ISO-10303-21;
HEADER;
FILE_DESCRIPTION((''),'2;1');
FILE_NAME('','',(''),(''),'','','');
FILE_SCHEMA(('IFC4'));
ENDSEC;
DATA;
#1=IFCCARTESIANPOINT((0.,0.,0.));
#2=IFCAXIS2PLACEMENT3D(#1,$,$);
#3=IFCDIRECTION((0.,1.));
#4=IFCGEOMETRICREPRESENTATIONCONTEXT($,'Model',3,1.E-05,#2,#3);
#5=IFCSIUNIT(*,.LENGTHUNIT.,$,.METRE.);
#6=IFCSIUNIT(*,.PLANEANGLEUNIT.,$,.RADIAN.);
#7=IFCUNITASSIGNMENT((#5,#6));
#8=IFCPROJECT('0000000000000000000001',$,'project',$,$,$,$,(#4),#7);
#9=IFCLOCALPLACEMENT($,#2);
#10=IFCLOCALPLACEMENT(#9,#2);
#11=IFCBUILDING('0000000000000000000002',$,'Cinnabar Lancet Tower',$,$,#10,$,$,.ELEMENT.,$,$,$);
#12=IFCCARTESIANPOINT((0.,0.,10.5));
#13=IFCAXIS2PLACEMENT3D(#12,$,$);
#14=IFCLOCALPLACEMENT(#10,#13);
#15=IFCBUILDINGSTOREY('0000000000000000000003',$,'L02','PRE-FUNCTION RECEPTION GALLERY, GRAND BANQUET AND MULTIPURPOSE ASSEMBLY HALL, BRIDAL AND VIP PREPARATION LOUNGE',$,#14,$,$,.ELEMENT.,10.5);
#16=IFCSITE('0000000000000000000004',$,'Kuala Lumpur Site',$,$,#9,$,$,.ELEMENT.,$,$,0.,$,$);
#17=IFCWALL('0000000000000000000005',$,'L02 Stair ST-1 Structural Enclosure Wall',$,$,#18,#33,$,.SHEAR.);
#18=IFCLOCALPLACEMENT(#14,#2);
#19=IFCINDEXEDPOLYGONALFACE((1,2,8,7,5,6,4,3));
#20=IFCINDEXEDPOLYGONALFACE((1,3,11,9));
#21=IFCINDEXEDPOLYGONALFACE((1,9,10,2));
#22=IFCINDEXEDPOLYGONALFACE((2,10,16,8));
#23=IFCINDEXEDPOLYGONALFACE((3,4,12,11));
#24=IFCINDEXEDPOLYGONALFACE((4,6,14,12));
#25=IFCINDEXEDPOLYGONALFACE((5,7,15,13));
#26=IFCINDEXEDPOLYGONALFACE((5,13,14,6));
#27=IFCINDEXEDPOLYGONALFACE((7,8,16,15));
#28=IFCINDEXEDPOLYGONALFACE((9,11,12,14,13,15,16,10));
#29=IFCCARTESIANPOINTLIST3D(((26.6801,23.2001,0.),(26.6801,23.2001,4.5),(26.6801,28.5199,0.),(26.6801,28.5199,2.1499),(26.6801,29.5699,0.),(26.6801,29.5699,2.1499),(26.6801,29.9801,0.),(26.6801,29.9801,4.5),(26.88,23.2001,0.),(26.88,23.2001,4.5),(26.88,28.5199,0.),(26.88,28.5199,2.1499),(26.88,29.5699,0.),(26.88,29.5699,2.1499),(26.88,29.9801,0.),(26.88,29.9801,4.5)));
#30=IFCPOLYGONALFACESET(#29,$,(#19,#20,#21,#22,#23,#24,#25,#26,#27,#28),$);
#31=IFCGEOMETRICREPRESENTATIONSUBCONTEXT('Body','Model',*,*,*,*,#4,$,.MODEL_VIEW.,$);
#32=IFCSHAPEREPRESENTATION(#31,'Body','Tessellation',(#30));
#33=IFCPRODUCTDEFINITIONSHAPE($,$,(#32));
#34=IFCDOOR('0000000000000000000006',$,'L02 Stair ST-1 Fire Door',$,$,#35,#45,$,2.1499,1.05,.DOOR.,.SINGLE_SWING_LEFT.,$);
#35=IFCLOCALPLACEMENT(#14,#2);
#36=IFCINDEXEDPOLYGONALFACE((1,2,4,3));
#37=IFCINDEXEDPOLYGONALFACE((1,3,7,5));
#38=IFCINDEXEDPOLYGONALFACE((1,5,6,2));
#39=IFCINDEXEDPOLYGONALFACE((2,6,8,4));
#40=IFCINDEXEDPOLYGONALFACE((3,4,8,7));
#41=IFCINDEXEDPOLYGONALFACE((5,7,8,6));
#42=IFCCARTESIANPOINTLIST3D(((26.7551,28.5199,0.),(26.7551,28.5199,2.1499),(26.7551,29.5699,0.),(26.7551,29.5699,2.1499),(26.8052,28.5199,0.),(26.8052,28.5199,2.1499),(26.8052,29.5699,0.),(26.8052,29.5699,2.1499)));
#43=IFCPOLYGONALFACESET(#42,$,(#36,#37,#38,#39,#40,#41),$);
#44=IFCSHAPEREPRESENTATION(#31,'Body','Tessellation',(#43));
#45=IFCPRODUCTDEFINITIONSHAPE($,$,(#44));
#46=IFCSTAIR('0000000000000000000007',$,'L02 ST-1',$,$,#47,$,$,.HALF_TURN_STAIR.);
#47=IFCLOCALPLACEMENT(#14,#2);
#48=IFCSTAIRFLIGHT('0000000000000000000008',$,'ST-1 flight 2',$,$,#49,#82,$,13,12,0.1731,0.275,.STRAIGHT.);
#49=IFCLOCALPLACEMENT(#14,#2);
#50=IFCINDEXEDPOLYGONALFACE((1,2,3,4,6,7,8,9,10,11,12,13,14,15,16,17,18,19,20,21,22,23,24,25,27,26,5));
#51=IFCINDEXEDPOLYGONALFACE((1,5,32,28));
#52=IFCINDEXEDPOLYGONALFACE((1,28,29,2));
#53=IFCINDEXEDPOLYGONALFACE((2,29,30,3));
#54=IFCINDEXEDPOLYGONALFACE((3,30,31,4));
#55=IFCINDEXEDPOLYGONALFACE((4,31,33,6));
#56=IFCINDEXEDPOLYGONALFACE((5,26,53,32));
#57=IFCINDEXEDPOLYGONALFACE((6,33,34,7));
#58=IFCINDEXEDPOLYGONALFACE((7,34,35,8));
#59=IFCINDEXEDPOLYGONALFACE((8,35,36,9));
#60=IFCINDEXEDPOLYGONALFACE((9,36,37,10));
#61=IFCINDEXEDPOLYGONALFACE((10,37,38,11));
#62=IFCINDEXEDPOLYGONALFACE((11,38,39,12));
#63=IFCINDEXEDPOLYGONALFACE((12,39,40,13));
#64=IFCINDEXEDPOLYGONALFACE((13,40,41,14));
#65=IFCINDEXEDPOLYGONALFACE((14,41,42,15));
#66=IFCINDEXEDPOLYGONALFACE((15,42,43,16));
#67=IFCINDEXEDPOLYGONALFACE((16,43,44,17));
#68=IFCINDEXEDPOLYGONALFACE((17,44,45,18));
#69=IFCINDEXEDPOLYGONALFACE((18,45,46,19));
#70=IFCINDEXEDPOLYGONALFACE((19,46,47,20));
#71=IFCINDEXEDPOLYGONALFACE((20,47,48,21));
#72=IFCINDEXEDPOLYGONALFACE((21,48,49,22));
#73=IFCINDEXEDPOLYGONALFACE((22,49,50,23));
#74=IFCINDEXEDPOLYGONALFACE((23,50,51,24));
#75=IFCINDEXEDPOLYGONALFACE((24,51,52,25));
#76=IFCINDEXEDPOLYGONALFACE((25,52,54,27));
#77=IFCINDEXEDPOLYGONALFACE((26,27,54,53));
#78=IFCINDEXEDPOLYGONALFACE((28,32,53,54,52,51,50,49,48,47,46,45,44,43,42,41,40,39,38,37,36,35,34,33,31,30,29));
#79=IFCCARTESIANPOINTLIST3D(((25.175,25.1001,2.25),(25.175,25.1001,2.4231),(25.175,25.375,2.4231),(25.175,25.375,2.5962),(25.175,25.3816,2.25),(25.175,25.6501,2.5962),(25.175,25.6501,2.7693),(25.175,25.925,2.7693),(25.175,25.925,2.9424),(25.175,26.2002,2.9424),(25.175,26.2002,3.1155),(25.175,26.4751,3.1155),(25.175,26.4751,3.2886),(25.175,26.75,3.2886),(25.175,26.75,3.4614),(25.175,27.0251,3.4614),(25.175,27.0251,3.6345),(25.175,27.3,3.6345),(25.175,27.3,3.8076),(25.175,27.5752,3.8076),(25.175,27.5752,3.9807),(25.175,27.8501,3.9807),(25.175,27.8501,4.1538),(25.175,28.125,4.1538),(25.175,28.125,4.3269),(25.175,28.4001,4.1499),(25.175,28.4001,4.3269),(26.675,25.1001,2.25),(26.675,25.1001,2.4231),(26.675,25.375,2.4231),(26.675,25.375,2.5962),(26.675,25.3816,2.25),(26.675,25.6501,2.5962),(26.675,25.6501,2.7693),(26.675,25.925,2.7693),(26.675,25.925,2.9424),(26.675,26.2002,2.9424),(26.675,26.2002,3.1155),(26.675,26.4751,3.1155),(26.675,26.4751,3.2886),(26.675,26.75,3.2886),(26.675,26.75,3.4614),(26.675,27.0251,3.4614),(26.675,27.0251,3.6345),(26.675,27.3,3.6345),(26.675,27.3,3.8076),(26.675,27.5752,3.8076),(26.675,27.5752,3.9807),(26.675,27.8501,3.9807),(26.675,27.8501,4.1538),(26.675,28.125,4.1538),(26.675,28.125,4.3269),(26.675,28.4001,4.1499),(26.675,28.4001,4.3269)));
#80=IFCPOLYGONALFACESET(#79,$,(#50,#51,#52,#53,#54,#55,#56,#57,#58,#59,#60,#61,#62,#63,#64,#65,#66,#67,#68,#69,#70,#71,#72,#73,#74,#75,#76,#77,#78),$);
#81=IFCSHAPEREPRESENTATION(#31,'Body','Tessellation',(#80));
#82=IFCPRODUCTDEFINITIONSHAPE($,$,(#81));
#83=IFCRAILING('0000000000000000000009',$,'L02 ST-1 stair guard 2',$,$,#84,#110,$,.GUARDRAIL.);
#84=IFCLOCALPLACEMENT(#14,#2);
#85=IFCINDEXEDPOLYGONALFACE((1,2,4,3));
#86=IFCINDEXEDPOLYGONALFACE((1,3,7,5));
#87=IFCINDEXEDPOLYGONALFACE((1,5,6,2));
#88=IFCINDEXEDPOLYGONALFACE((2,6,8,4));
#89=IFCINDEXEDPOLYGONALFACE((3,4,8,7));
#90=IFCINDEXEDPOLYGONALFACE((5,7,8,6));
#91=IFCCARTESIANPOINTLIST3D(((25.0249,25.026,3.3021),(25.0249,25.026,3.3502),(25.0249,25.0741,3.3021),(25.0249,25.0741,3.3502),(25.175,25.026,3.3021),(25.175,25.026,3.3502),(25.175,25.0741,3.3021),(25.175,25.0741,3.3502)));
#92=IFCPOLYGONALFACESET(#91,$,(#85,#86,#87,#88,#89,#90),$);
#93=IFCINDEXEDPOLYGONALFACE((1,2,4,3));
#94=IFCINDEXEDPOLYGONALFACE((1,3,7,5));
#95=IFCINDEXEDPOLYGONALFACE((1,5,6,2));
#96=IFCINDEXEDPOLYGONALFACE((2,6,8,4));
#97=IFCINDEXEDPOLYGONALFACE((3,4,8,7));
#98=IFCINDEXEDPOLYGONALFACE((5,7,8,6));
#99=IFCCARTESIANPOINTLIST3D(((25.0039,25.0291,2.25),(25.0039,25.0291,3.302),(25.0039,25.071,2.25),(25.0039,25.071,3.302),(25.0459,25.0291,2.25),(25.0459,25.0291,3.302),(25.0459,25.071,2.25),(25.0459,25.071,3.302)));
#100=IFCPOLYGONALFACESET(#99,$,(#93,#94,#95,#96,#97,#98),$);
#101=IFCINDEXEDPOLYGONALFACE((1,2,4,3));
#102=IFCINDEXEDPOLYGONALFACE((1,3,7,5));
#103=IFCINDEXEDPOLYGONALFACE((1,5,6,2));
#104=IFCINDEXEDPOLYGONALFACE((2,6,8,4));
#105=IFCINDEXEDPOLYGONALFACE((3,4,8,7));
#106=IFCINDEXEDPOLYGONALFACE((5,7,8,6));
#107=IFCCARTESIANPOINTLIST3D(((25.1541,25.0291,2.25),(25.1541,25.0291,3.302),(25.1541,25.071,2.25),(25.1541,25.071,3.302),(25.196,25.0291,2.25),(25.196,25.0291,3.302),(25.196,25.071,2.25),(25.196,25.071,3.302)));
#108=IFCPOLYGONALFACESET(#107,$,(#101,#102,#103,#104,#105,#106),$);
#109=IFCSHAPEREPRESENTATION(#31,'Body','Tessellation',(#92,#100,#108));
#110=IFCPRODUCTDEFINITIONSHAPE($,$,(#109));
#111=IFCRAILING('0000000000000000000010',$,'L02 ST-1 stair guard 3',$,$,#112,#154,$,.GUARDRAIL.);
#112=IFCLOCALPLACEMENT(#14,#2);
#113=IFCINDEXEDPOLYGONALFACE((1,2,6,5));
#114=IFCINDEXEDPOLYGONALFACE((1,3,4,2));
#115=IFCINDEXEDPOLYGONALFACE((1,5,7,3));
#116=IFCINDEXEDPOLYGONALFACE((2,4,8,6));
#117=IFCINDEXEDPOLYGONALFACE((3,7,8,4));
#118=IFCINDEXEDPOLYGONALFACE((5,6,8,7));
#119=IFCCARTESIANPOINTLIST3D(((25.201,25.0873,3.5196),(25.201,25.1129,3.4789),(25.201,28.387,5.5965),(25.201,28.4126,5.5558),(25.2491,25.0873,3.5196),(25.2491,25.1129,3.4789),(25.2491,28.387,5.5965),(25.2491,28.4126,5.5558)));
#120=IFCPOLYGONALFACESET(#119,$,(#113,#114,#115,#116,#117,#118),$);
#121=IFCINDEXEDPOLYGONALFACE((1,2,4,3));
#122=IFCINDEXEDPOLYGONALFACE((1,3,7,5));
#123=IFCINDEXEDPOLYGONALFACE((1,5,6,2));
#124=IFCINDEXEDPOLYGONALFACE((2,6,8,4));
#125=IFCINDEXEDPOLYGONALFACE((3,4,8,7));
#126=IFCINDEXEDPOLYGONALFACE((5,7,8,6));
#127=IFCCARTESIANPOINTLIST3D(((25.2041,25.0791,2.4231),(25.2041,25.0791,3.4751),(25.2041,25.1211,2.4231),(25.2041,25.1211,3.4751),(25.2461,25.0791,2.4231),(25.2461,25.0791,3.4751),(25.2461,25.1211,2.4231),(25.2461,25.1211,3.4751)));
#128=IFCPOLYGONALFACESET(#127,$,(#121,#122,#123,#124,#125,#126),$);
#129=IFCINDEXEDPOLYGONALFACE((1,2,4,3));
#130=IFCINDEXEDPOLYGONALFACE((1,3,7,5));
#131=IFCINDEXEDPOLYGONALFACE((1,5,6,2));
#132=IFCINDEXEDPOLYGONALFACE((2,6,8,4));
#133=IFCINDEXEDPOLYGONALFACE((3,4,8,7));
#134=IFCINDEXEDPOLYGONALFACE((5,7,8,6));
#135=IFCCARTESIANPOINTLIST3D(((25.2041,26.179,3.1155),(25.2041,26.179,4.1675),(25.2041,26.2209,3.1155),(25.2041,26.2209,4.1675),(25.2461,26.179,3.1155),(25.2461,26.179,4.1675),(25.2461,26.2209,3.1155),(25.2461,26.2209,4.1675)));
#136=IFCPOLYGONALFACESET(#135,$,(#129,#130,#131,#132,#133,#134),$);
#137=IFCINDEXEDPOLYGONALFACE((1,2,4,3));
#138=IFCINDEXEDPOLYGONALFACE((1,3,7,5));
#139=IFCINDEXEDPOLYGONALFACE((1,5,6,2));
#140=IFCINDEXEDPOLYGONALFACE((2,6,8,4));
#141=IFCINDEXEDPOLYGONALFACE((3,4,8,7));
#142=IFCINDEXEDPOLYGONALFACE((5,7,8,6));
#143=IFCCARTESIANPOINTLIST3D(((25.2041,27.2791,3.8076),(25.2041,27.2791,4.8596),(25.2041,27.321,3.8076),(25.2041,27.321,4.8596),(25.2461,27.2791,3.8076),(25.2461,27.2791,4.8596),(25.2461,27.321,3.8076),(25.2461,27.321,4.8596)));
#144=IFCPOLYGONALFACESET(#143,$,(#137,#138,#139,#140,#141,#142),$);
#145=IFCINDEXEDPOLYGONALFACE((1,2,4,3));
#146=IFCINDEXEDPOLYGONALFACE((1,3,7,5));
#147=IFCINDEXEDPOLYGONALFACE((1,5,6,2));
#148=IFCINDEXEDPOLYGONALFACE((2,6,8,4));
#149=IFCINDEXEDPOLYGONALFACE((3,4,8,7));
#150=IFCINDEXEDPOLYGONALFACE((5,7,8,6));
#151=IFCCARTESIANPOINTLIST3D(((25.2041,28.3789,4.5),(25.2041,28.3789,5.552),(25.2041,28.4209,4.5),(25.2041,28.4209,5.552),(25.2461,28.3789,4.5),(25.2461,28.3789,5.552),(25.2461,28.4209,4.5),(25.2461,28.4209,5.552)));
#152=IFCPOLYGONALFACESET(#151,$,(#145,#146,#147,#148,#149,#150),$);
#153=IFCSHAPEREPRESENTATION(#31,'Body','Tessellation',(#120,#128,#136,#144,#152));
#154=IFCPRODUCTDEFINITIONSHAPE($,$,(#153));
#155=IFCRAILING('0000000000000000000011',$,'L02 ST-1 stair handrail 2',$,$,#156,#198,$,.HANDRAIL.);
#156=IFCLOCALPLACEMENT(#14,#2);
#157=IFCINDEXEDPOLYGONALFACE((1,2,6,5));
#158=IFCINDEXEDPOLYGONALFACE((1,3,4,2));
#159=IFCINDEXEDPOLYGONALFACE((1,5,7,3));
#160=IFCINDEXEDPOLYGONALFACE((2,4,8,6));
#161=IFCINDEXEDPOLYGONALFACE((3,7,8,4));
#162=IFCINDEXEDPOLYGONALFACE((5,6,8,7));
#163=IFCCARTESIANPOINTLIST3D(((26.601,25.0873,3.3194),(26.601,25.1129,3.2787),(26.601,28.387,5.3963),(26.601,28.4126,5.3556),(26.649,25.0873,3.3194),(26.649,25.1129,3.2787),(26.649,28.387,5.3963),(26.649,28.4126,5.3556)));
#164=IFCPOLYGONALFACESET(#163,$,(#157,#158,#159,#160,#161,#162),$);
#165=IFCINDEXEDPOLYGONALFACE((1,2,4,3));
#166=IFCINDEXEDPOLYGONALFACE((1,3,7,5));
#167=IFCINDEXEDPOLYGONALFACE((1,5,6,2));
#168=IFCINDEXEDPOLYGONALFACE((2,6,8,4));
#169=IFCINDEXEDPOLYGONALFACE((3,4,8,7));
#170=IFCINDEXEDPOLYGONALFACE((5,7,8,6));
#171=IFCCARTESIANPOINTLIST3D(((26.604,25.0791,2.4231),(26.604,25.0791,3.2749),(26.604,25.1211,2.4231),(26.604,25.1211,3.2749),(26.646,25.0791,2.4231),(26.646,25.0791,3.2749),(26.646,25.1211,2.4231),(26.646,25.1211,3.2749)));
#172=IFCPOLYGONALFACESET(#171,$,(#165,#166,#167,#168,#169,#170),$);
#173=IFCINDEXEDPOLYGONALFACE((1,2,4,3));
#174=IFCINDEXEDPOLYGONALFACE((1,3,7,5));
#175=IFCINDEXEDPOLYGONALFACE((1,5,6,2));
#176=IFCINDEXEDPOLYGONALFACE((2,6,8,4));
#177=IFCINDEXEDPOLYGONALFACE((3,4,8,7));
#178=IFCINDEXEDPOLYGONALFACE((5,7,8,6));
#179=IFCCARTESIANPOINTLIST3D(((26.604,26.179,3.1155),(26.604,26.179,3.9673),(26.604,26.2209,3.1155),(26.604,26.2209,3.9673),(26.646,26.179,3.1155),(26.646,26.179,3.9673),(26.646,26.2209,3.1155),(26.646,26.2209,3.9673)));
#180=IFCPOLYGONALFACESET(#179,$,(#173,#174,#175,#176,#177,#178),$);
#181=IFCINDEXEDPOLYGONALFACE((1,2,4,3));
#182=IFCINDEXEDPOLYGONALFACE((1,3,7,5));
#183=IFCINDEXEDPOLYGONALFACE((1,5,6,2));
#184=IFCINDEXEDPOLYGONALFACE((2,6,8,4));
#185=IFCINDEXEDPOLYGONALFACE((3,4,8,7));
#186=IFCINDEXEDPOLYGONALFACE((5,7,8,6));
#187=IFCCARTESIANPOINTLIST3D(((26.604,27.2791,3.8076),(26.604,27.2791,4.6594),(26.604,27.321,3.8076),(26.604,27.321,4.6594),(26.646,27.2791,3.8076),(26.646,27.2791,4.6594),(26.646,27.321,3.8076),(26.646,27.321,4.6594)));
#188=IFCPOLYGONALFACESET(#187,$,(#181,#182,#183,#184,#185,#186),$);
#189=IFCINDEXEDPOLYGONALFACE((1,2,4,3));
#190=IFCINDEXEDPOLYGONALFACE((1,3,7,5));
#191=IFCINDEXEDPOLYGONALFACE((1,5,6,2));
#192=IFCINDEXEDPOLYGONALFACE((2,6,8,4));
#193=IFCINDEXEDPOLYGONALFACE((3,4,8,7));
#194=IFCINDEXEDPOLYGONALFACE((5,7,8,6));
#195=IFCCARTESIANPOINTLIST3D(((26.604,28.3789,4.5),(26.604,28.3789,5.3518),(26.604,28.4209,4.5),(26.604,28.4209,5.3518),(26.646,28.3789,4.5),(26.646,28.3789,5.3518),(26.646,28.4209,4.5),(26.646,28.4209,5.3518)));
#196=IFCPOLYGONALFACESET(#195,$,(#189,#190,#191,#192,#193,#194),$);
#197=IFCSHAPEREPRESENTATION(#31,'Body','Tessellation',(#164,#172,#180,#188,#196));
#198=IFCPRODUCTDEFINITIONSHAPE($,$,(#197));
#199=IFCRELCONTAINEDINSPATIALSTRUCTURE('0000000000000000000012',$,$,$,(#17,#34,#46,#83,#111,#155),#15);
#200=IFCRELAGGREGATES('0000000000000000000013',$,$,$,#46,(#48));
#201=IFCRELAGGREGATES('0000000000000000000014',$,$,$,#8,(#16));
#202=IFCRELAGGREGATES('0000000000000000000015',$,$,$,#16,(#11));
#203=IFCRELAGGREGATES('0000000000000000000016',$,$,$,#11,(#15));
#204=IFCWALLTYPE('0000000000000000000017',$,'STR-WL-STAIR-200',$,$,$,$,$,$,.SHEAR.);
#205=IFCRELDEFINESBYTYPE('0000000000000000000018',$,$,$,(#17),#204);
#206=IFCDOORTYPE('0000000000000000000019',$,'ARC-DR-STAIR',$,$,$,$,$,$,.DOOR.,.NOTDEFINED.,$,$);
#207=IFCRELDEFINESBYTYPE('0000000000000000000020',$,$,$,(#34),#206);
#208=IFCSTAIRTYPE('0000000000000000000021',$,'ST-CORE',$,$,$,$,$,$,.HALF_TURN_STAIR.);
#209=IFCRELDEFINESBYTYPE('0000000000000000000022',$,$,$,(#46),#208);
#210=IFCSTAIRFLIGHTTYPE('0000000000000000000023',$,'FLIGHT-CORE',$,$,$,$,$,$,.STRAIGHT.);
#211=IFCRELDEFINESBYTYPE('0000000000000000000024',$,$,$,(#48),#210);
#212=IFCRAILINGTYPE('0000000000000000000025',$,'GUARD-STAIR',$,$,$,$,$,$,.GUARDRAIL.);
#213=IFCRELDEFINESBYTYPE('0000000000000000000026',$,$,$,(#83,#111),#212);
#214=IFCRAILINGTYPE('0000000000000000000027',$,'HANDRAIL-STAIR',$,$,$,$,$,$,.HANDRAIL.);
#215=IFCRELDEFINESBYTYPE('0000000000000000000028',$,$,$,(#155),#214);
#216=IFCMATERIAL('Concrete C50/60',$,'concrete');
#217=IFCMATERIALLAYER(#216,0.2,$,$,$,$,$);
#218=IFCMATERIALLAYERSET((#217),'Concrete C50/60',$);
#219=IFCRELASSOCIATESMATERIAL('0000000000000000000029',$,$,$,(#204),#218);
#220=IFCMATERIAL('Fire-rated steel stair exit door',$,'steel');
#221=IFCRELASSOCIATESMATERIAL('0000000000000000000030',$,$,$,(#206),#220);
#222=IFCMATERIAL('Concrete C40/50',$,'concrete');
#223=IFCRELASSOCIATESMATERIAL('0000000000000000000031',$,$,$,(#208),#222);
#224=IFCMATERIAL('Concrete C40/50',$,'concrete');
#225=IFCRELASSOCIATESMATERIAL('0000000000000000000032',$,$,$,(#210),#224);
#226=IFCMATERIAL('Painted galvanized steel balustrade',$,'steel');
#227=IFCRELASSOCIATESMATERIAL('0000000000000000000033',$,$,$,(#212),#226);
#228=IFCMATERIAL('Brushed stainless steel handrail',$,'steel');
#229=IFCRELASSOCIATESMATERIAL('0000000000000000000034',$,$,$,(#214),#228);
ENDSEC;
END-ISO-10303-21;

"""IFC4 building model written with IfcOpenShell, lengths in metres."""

from ifc_helpers import new_model, si_unit, direction, frame, frame_2d, origin, origin_2d, place, context, subcontext, project, spatial, polyline, rectangle, outline, extrude, material, layer, layer_set, type_object, element, fill, aggregate, save


model = new_model("IFC4")

# Units and contexts
model_context = context("Model", 3, precision=1e-05, world=origin(), true_north=direction((0.0, 1.0)))
body_context = subcontext(model_context, "Body", "Model", "MODEL_VIEW")
ifc_project = project(units=[si_unit("LENGTHUNIT", "METRE"), si_unit("PLANEANGLEUNIT", "RADIAN")], contexts=[model_context])

# Site, building, storey
site_placement = place(None, origin())
site = spatial("IfcSite", under=ifc_project, at=site_placement, Name="Kuala Lumpur Site", CompositionType="ELEMENT", RefElevation=0.0)
building_placement = place(site_placement, origin())
building = spatial("IfcBuilding", under=site, at=building_placement, Name="Cinnabar Lancet Tower", CompositionType="ELEMENT")
storey_placement = place(building_placement, frame((0.0, 0.0, 10.5)))
storey = spatial("IfcBuildingStorey", under=building, at=storey_placement, Name="L02", Description="PRE-FUNCTION RECEPTION GALLERY, GRAND BANQUET AND MULTIPURPOSE ASSEMBLY HALL, BRIDAL AND VIP PREPARATION LOUNGE", CompositionType="ELEMENT", Elevation=10.5)

# Wall, opening, door
ifc_material_1 = material(Name="Concrete C50/60", Category="concrete")
ifc_layer_1 = layer(ifc_material_1, 0.2)
ifc_layer_set_1 = layer_set([ifc_layer_1], Name="Concrete C50/60")
wall_type_1 = type_object("IfcWallType", Name="STR-WL-STAIR-200", PredefinedType="SHEAR", material=ifc_layer_set_1)
wall_1_placement = place(storey_placement, frame((26.78, 23.2, 0.0), z_axis=(0.0, 0.0, 1.0), x_axis=(0.0, 1.0, 0.0)))
wall_1 = element("IfcWall", 1, at=wall_1_placement, inside=storey, type_object=wall_type_1, Name="L02 Stair ST-1 Structural Enclosure Wall", PredefinedType="SHEAR", context=body_context, shape_type="SweptSolid", body=[
    extrude(rectangle(XDim=6.78, YDim=0.2, at=frame_2d((3.3901, 0.0))), origin(), (0.0, 0.0, 1.0), 4.5),
])
opening_1_placement = place(wall_1_placement, frame((5.3201, 0.0, 0.0)))
opening_1 = element("IfcOpeningElement", 2, at=opening_1_placement, cuts=wall_1, PredefinedType="OPENING", context=body_context, shape_type="SweptSolid", body=[
    extrude(rectangle(XDim=1.05, YDim=2.1499, at=frame_2d((0.5249, 1.075))), frame((0.0, 0.1099, 0.0), z_axis=(0.0, -1.0, 0.0), x_axis=(1.0, 0.0, 0.0)), (0.0, 0.0, 1.0), 0.22),
])
ifc_material_2 = material(Name="Fire-rated steel stair exit door", Category="steel")
door_type_1 = type_object("IfcDoorType", Name="ARC-DR-STAIR", OperationType="NOTDEFINED", PredefinedType="DOOR", material=ifc_material_2)
door_1_placement = place(opening_1_placement, origin())
door_1 = element("IfcDoor", 3, at=door_1_placement, inside=storey, type_object=door_type_1, Name="L02 Stair ST-1 Fire Door", OperationType="SINGLE_SWING_LEFT", OverallHeight=2.1499, OverallWidth=1.05, PredefinedType="DOOR", context=body_context, shape_type="SweptSolid", body=[
    extrude(rectangle(XDim=1.05, YDim=2.1499, at=frame_2d((0.5249, 1.075))), frame((0.0, 0.0249, 0.0), z_axis=(0.0, -1.0, 0.0), x_axis=(1.0, 0.0, 0.0)), (0.0, 0.0, 1.0), 0.05),
])
fill(opening_1, door_1)

# Stair, stair flight
ifc_material_3 = material(Name="Concrete C40/50", Category="concrete")
stair_type = type_object("IfcStairType", Name="ST-CORE", PredefinedType="HALF_TURN_STAIR", material=ifc_material_3)
stair_placement = place(storey_placement, origin())
stair = element("IfcStair", 4, at=stair_placement, inside=storey, type_object=stair_type, Name="L02 ST-1", PredefinedType="HALF_TURN_STAIR")
ifc_material_4 = material(Name="Concrete C40/50", Category="concrete")
stair_flight_type = type_object("IfcStairFlightType", Name="FLIGHT-CORE", PredefinedType="STRAIGHT", material=ifc_material_4)
stair_flight_placement = place(storey_placement, frame((25.925, 25.1001, 2.25), z_axis=(0.0, 0.0, 1.0), x_axis=(0.0, 1.0, 0.0)))
stair_flight = element("IfcStairFlight", 5, at=stair_flight_placement, type_object=stair_flight_type, Name="ST-1 flight 2", NumberOfRisers=13, NumberOfTreads=12, PredefinedType="STRAIGHT", RiserHeight=0.1731, TreadLength=0.275, context=body_context, shape_type="SweptSolid", body=[
    extrude(outline(polyline([(0.0, 0.0), (0.0, 0.1731), (0.2749, 0.1731), (0.2749, 0.3462), (0.55, 0.3462), (0.55, 0.5193), (0.825, 0.5193), (0.825, 0.6924), (1.1001, 0.6924), (1.1001, 0.8655), (1.375, 0.8655), (1.375, 1.0386), (1.6499, 1.0386), (1.6499, 1.2114), (1.925, 1.2114), (1.925, 1.3845), (2.2, 1.3845), (2.2, 1.5576), (2.4751, 1.5576), (2.4751, 1.7307), (2.75, 1.7307), (2.75, 1.9038), (3.0249, 1.9038), (3.0249, 2.0769), (3.3, 2.0769), (3.3, 2.25), (3.3, 1.8999), (0.2815, 0.0), (0.0, 0.0)])), frame((0.0, 0.75, 0.0), z_axis=(0.0, -1.0, 0.0), x_axis=(1.0, 0.0, 0.0)), (0.0, 0.0, 1.0), 1.5),
])
aggregate(stair, [stair_flight])

# Railings
ifc_material_5 = material(Name="Painted galvanized steel balustrade", Category="steel")
railing_type_1 = type_object("IfcRailingType", Name="GUARD-STAIR", PredefinedType="GUARDRAIL", material=ifc_material_5)
railing_1_placement = place(storey_placement, frame((25.0249, 25.05, 2.25)))
element("IfcRailing", 6, at=railing_1_placement, inside=storey, type_object=railing_type_1, Name="L02 ST-1 stair guard 2", PredefinedType="GUARDRAIL", context=body_context, shape_type="SweptSolid", body=[
    extrude(rectangle(XDim=0.0481, YDim=0.0481, at=origin_2d()), frame((0.0, 0.0, 1.0762), z_axis=(1.0, 0.0, 0.0), x_axis=(0.0, 1.0, 0.0)), (0.0, 0.0, 1.0), 0.1501),
    extrude(rectangle(XDim=0.042, YDim=0.042, at=origin_2d()), origin(), (0.0, 0.0, 1.0), 1.052),
    extrude(rectangle(XDim=0.042, YDim=0.042, at=origin_2d()), frame((0.1501, 0.0, 0.0)), (0.0, 0.0, 1.0), 1.052),
])
railing_2_placement = place(storey_placement, frame((25.2251, 25.1001, 2.4231)))
element("IfcRailing", 7, at=railing_2_placement, inside=storey, type_object=railing_type_1, Name="L02 ST-1 stair guard 3", PredefinedType="GUARDRAIL", context=body_context, shape_type="SweptSolid", body=[
    extrude(rectangle(XDim=0.0481, YDim=0.0481, at=origin_2d()), frame((0.0, 0.0, 1.0762), z_axis=(0.0, 0.84632, 0.532675), x_axis=(-1.0, 0.0, 0.0)), (0.0, 0.0, 1.0), 3.8989),
    extrude(rectangle(XDim=0.042, YDim=0.042, at=origin_2d()), origin(), (0.0, 0.0, 1.0), 1.052),
    extrude(rectangle(XDim=0.042, YDim=0.042, at=origin_2d()), frame((0.0, 1.0999, 0.6924)), (0.0, 0.0, 1.0), 1.052),
    extrude(rectangle(XDim=0.042, YDim=0.042, at=origin_2d()), frame((0.0, 2.2, 1.3845)), (0.0, 0.0, 1.0), 1.052),
    extrude(rectangle(XDim=0.042, YDim=0.042, at=origin_2d()), frame((0.0, 3.2998, 2.0769)), (0.0, 0.0, 1.0), 1.052),
])
ifc_material_6 = material(Name="Brushed stainless steel handrail", Category="steel")
railing_type_2 = type_object("IfcRailingType", Name="HANDRAIL-STAIR", PredefinedType="HANDRAIL", material=ifc_material_6)
railing_3_placement = place(storey_placement, frame((26.625, 25.1001, 2.4231)))
element("IfcRailing", 8, at=railing_3_placement, inside=storey, type_object=railing_type_2, Name="L02 ST-1 stair handrail 2", PredefinedType="HANDRAIL", context=body_context, shape_type="SweptSolid", body=[
    extrude(rectangle(XDim=0.0481, YDim=0.0481, at=origin_2d()), frame((0.0, 0.0, 0.876), z_axis=(0.0, 0.84632, 0.532675), x_axis=(-1.0, 0.0, 0.0)), (0.0, 0.0, 1.0), 3.8989),
    extrude(rectangle(XDim=0.042, YDim=0.042, at=origin_2d()), origin(), (0.0, 0.0, 1.0), 0.8518),
    extrude(rectangle(XDim=0.042, YDim=0.042, at=origin_2d()), frame((0.0, 1.0999, 0.6924)), (0.0, 0.0, 1.0), 0.8518),
    extrude(rectangle(XDim=0.042, YDim=0.042, at=origin_2d()), frame((0.0, 2.2, 1.3845)), (0.0, 0.0, 1.0), 0.8518),
    extrude(rectangle(XDim=0.042, YDim=0.042, at=origin_2d()), frame((0.0, 3.2998, 2.0769)), (0.0, 0.0, 1.0), 0.8518),
])

save(model, "model.ifc")
